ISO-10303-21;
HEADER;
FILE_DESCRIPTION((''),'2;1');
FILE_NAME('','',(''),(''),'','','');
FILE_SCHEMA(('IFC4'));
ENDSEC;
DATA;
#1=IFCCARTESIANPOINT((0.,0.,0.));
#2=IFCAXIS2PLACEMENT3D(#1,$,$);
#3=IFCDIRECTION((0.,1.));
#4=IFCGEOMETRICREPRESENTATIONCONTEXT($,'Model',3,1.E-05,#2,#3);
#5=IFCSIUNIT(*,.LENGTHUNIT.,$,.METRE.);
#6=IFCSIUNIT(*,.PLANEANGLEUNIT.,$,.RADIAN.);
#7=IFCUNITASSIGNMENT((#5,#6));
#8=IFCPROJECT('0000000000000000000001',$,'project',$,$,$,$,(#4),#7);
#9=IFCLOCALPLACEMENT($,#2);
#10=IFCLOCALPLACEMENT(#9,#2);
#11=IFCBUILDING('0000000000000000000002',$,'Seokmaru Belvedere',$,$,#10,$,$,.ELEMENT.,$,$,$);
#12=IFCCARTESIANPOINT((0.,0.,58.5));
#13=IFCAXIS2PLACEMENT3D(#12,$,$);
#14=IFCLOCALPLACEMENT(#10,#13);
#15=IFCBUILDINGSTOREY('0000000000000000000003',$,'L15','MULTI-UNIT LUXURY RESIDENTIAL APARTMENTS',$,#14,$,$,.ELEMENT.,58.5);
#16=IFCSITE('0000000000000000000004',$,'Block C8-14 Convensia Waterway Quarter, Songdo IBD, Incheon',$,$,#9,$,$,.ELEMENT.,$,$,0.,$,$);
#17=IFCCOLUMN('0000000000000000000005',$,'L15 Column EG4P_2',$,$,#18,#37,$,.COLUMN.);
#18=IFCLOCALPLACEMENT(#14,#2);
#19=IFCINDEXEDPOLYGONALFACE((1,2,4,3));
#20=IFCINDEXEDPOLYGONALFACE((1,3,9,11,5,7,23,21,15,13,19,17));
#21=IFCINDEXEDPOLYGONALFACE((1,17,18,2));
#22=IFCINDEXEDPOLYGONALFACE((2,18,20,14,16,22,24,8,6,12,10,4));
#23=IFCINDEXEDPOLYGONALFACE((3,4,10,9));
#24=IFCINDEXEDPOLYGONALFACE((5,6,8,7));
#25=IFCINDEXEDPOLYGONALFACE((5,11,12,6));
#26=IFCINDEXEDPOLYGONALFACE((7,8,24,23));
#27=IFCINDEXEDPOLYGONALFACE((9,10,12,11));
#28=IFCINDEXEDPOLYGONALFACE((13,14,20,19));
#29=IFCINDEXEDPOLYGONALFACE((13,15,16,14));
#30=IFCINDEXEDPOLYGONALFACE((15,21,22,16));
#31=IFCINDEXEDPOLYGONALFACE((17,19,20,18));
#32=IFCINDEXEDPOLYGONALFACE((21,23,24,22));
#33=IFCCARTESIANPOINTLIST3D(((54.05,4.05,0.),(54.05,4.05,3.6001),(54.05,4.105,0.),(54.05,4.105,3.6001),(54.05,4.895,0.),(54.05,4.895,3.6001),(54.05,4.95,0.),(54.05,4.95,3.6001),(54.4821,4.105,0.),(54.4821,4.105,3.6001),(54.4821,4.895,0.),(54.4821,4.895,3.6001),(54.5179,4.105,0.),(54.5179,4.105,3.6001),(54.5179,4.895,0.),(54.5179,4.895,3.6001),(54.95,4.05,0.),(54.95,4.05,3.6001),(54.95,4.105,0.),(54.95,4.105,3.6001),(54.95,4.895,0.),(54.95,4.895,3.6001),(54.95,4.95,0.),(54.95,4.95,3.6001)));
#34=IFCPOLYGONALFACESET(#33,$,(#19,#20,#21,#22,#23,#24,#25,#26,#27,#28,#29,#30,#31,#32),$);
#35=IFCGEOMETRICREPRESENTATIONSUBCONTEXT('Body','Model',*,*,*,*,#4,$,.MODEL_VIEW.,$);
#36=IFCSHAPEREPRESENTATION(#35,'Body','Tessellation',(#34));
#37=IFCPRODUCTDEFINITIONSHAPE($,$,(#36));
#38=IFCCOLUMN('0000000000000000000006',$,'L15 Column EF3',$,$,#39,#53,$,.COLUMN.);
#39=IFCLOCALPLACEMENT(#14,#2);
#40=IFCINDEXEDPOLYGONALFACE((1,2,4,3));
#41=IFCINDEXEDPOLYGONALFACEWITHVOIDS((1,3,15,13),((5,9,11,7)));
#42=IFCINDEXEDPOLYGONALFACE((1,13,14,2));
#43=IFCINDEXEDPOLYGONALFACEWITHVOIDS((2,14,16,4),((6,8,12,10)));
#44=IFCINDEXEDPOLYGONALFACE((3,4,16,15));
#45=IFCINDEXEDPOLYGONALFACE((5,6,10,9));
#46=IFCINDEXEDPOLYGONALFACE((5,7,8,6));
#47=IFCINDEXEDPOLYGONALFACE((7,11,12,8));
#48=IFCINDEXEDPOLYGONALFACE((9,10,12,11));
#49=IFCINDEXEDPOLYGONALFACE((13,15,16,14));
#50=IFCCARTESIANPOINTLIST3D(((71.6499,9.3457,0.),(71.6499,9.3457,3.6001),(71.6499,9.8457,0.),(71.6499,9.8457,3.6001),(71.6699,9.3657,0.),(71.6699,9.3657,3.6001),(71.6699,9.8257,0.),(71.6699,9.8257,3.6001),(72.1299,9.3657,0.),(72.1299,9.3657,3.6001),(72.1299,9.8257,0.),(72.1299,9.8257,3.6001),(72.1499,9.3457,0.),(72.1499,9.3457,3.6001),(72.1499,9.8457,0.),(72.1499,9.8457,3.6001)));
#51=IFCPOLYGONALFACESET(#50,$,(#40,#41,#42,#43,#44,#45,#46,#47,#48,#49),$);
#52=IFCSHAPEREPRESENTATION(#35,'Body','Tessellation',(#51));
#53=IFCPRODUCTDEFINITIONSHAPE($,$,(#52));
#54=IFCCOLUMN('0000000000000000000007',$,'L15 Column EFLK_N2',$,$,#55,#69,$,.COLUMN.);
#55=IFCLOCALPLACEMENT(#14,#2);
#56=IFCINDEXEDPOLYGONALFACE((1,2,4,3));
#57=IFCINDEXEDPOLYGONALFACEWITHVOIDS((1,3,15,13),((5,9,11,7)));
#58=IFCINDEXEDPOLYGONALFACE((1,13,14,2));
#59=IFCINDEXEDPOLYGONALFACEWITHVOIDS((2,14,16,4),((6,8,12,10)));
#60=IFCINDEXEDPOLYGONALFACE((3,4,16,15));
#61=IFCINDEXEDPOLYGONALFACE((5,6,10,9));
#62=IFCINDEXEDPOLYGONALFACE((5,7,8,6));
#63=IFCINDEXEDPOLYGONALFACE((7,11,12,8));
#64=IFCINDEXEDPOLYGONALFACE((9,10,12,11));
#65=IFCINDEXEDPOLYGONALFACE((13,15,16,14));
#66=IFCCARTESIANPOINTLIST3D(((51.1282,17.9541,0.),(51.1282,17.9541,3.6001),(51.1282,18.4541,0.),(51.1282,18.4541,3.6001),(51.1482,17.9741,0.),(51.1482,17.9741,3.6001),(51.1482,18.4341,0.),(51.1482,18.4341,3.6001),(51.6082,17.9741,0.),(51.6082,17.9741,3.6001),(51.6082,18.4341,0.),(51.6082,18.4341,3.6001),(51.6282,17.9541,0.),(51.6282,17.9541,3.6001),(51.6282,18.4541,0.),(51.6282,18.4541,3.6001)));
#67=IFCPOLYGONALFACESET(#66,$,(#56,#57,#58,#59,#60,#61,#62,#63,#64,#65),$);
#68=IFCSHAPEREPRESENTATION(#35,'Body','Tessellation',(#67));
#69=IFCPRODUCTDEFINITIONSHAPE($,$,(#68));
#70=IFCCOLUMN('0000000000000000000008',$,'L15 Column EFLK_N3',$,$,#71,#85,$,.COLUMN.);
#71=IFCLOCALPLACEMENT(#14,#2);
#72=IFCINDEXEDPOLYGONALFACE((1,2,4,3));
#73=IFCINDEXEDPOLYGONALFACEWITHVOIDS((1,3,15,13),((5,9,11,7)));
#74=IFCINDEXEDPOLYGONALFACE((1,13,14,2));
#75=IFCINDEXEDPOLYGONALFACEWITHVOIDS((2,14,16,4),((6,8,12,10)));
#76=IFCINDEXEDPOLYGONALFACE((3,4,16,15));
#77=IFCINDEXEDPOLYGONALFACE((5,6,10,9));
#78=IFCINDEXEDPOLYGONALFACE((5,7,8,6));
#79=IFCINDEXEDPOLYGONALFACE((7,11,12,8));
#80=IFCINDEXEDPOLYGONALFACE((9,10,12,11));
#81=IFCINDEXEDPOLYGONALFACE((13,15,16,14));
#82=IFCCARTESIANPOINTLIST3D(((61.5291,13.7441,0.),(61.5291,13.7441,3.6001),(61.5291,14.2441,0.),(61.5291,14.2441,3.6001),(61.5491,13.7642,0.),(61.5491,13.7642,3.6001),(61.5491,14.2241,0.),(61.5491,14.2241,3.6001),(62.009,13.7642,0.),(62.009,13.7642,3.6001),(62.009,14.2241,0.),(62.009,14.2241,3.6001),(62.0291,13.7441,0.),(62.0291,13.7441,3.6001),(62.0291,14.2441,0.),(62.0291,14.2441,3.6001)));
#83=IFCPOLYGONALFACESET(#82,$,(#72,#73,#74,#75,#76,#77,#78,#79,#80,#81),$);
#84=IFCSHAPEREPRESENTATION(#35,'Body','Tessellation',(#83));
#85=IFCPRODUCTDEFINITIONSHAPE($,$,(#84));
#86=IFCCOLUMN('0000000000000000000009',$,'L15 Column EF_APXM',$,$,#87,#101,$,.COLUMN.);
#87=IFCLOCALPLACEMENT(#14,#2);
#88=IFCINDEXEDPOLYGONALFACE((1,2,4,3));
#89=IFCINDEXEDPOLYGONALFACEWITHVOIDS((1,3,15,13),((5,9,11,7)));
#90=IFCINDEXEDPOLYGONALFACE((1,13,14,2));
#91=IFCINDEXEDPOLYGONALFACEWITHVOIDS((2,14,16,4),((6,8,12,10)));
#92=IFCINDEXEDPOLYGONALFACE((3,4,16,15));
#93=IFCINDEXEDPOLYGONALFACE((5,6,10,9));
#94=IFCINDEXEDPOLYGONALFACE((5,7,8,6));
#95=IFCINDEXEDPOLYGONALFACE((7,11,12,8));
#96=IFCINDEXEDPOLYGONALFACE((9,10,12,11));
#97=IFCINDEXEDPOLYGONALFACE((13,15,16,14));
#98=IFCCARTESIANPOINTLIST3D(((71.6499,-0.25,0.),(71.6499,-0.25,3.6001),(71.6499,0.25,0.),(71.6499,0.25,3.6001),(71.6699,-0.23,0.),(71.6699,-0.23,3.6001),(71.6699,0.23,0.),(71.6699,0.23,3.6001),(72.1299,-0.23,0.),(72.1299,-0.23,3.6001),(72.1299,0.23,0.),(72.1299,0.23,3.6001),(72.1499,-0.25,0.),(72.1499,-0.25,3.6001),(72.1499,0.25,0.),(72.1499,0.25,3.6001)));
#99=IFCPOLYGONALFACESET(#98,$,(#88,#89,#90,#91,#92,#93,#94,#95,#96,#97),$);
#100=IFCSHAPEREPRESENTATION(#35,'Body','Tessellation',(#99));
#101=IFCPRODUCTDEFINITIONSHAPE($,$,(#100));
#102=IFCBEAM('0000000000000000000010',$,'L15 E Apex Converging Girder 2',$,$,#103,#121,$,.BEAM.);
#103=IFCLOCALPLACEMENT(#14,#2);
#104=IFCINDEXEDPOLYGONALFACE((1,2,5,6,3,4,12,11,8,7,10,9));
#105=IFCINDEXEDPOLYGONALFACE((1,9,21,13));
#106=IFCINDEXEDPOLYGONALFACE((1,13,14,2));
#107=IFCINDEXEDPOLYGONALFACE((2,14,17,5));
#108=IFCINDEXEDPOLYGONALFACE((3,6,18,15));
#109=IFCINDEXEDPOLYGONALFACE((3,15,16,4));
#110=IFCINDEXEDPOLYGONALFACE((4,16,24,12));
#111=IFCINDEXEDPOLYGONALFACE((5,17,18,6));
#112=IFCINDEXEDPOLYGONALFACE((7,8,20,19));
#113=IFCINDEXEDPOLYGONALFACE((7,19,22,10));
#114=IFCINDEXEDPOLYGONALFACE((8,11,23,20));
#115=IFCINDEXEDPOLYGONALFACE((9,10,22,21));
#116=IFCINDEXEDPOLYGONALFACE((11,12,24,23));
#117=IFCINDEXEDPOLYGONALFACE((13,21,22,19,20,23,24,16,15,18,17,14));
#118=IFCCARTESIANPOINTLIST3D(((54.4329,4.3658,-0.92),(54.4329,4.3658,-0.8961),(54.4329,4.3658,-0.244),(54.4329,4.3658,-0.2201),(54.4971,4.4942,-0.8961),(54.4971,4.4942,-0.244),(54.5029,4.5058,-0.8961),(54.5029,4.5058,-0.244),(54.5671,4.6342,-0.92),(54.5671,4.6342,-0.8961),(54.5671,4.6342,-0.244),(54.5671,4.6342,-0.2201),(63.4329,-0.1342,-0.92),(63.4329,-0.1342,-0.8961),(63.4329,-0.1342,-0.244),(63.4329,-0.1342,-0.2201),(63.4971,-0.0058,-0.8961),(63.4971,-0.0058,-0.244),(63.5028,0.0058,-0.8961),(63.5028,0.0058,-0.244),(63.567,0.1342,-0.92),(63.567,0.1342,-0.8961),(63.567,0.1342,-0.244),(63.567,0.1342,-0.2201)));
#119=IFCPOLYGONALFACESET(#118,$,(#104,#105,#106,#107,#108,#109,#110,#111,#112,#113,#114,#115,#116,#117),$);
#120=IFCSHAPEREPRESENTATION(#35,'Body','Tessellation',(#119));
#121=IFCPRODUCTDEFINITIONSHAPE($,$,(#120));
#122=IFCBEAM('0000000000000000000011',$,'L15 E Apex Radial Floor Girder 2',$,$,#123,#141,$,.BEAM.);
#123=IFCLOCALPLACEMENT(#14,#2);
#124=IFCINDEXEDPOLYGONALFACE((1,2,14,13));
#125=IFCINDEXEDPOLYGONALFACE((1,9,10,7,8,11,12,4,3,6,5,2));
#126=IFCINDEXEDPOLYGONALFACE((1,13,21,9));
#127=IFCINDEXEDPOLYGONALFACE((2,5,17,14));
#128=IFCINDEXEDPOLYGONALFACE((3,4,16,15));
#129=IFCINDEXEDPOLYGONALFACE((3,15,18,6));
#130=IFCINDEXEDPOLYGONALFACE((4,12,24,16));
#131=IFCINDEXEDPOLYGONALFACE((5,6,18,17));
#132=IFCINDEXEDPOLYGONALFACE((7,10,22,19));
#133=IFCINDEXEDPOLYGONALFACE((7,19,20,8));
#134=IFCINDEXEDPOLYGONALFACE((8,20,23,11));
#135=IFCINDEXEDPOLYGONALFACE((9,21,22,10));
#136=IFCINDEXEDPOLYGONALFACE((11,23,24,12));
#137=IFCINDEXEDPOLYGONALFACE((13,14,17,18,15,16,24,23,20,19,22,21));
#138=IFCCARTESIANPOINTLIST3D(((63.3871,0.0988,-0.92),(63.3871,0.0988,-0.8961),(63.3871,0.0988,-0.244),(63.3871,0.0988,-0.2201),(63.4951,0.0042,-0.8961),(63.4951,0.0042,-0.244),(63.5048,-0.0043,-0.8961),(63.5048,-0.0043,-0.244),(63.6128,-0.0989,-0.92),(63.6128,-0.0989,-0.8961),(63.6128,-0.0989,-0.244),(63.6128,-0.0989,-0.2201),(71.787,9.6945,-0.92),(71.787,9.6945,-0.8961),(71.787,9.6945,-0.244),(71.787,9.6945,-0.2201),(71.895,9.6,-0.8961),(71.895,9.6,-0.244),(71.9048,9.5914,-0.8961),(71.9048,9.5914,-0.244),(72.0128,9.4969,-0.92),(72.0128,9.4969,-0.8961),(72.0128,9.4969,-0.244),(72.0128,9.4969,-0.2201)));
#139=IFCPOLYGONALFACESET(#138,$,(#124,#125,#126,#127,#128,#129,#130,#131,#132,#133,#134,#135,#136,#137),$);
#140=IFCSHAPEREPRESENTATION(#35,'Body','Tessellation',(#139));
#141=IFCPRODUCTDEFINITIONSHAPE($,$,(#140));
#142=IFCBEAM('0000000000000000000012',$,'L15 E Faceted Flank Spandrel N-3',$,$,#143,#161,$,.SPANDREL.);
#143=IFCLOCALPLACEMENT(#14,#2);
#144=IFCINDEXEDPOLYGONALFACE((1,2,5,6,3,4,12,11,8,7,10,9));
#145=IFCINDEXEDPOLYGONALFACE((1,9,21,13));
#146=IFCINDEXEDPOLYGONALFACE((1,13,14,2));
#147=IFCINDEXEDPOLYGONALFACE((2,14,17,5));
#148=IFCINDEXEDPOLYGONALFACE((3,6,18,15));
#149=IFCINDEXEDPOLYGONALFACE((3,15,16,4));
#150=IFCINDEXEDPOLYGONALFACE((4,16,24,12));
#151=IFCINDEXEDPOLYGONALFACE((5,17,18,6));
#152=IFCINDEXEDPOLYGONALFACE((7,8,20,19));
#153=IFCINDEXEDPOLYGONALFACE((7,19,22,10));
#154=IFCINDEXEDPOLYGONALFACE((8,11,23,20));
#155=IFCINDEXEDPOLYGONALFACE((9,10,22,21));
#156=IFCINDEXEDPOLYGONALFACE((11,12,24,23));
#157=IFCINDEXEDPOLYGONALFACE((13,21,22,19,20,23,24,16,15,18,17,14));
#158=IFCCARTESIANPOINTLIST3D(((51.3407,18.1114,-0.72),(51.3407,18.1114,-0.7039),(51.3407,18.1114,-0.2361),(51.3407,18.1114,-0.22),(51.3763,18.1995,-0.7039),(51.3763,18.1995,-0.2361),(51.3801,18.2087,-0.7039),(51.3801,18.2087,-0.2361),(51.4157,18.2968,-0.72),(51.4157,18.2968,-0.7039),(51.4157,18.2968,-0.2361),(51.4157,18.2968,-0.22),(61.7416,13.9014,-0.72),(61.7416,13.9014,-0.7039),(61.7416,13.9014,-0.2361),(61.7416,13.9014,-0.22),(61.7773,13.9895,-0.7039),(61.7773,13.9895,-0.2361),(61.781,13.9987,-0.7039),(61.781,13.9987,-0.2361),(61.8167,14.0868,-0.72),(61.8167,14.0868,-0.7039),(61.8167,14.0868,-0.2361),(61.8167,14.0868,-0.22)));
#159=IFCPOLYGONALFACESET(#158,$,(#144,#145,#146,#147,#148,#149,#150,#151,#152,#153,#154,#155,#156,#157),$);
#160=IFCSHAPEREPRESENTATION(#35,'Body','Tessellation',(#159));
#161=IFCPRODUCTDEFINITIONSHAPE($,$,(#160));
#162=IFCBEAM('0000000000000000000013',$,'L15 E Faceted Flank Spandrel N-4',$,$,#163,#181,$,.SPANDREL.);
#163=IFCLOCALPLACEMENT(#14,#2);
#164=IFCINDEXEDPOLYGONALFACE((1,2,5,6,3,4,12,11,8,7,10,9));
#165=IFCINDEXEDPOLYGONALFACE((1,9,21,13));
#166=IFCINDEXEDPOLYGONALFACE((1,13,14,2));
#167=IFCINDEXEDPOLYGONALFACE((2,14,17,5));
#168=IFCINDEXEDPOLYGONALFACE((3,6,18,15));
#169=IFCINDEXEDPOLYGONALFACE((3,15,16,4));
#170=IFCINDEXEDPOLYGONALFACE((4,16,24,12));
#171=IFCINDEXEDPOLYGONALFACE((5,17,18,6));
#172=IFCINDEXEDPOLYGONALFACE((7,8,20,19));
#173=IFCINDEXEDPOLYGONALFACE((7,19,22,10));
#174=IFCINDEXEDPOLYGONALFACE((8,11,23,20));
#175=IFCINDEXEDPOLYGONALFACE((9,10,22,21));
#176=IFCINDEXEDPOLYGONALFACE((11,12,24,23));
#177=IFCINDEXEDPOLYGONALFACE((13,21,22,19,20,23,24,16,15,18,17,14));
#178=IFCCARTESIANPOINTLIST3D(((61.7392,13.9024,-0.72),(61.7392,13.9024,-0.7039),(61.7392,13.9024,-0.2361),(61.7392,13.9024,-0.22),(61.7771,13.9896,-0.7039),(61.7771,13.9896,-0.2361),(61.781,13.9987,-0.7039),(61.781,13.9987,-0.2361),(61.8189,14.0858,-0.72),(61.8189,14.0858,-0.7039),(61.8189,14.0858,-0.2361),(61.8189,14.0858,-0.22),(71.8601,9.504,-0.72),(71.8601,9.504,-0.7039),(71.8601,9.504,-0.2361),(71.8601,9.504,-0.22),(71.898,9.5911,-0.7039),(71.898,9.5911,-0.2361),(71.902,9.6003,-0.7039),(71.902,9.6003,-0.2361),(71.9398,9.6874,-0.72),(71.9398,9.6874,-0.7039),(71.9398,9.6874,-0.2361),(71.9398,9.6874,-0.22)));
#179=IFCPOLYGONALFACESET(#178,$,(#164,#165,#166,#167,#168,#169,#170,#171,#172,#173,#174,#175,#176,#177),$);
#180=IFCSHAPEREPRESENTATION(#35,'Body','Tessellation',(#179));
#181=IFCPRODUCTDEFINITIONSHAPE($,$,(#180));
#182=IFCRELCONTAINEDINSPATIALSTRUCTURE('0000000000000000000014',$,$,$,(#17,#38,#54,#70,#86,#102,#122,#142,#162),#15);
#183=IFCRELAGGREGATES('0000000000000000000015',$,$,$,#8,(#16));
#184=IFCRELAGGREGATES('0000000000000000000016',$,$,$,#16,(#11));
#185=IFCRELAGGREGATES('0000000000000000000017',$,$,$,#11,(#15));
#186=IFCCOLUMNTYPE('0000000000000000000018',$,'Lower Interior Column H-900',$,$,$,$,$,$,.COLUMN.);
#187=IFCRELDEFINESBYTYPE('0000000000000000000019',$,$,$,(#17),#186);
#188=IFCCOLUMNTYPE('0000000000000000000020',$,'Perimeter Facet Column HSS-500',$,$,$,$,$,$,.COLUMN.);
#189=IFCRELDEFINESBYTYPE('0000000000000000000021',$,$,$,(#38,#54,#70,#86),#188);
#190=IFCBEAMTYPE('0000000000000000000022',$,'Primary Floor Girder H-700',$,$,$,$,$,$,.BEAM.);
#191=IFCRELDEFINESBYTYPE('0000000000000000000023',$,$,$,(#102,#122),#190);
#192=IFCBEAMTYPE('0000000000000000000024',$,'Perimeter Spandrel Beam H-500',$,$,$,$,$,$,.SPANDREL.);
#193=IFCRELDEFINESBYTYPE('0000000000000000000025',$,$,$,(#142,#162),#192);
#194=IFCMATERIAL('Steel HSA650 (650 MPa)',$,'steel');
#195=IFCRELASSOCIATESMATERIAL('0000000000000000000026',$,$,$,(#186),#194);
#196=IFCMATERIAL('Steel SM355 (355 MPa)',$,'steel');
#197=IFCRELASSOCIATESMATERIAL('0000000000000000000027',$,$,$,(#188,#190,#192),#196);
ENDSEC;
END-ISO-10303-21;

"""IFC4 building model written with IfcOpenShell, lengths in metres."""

from ifc_helpers import new_model, si_unit, direction, frame, origin, origin_2d, place, context, subcontext, project, spatial, hollow_rectangle, i_section, extrude, source, transform, mapped, material, material_profile, profile_set, type_object, type_shapes, element, save


model = new_model("IFC4")

# Units and contexts
model_context = context("Model", 3, precision=1e-05, world=origin(), true_north=direction((0.0, 1.0)))
body_context = subcontext(model_context, "Body", "Model", "MODEL_VIEW")
ifc_project = project(units=[si_unit("LENGTHUNIT", "METRE"), si_unit("PLANEANGLEUNIT", "RADIAN")], contexts=[model_context])

# Site, building, storey
site_placement = place(None, origin())
site = spatial("IfcSite", under=ifc_project, at=site_placement, Name="Block C8-14 Convensia Waterway Quarter, Songdo IBD, Incheon", CompositionType="ELEMENT", RefElevation=0.0)
building_placement = place(site_placement, origin())
building = spatial("IfcBuilding", under=site, at=building_placement, Name="Seokmaru Belvedere", CompositionType="ELEMENT")
storey_placement = place(building_placement, frame((0.0, 0.0, 58.5)))
storey = spatial("IfcBuildingStorey", under=building, at=storey_placement, Name="L15", Description="MULTI-UNIT LUXURY RESIDENTIAL APARTMENTS", CompositionType="ELEMENT", Elevation=58.5)

# Columns
ifc_material_1 = material(Name="Steel HSA650 (650 MPa)", Category="steel")
ifc_material_profile_1 = material_profile(ifc_material_1, i_section(OverallWidth=0.8999, OverallDepth=0.8999, WebThickness=0.0359, FlangeThickness=0.0549, at=origin_2d()), Name="H-900x900x36x55")
ifc_profile_set_1 = profile_set([ifc_material_profile_1], Name="Steel HSA650 (650 MPa)")
column_type_1 = type_object("IfcColumnType", Name="Lower Interior Column H-900", PredefinedType="COLUMN", material=ifc_profile_set_1)
shared_shape_1 = source(origin(), body_context, "Body", "SweptSolid", [
    extrude(i_section(OverallWidth=0.8999, OverallDepth=0.8999, WebThickness=0.0359, FlangeThickness=0.0549, at=origin_2d()), origin(), (0.0, 0.0, 1.0), 3.6001),
])
type_shapes(column_type_1, [shared_shape_1])
column_placement = place(storey_placement, frame((54.5, 4.5, 0.0), z_axis=(0.0, 0.0, 1.0), x_axis=(1.0, 0.0, 0.0)))
element("IfcColumn", 1, at=column_placement, inside=storey, type_object=column_type_1, Name="L15 Column EG4P_2", PredefinedType="COLUMN", context=body_context, shape_type="MappedRepresentation", body=[
    mapped(shared_shape_1, transform((0.0, 0.0, 0.0), scale=1.0)),
])
ifc_material_2 = material(Name="Steel SM355 (355 MPa)", Category="steel")
ifc_material_profile_2 = material_profile(ifc_material_2, hollow_rectangle(XDim=0.5, YDim=0.5, WallThickness=0.02, at=origin_2d()), Name="HSS-500x500x20")
ifc_profile_set_2 = profile_set([ifc_material_profile_2], Name="Steel SM355 (355 MPa)")
column_type_2 = type_object("IfcColumnType", Name="Perimeter Facet Column HSS-500", PredefinedType="COLUMN", material=ifc_profile_set_2)
shared_shape_2 = source(origin(), body_context, "Body", "SweptSolid", [
    extrude(hollow_rectangle(XDim=0.5, YDim=0.5, WallThickness=0.02, at=origin_2d()), origin(), (0.0, 0.0, 1.0), 3.6001),
])
type_shapes(column_type_2, [shared_shape_2])
for number, where, z_axis, x_axis, name in (
    (2, (71.8999, 9.5957, 0.0), (0.0, 0.0, 1.0), (1.0, 0.0, 0.0), "L15 Column EF3"),
    (3, (51.3782, 18.2041, 0.0), (0.0, 0.0, 1.0), (1.0, 0.0, 0.0), "L15 Column EFLK_N2"),
    (4, (61.7791, 13.9941, 0.0), (0.0, 0.0, 1.0), (1.0, 0.0, 0.0), "L15 Column EFLK_N3"),
    (5, (71.8999, 0.0, 0.0), (0.0, 0.0, 1.0), (1.0, 0.0, 0.0), "L15 Column EF_APXM"),
):
    element("IfcColumn", number, at=place(storey_placement, frame(where, z_axis=z_axis, x_axis=x_axis)), inside=storey, type_object=column_type_2, Name=name, PredefinedType="COLUMN", context=body_context, shape_type="MappedRepresentation", body=[
        mapped(shared_shape_2, transform((0.0, 0.0, 0.0), scale=1.0)),
    ])

# Beams
ifc_material_profile_3 = material_profile(ifc_material_2, i_section(OverallWidth=0.3, OverallDepth=0.7, WebThickness=0.0129, FlangeThickness=0.0239, at=origin_2d()), Name="H-700x300x13x24")
ifc_profile_set_3 = profile_set([ifc_material_profile_3], Name="Steel SM355 (355 MPa)")
beam_type_1 = type_object("IfcBeamType", Name="Primary Floor Girder H-700", PredefinedType="BEAM", material=ifc_profile_set_3)
shared_shape_3 = source(origin(), body_context, "Body", "SweptSolid", [
    extrude(i_section(OverallWidth=0.3, OverallDepth=0.7, WebThickness=0.0129, FlangeThickness=0.0239, at=origin_2d()), origin(), (0.0, 0.0, 1.0), 10.0623),
])
beam_1_placement = place(storey_placement, frame((54.5, 4.5, -0.5701), z_axis=(0.894427, -0.447214, 0.0), x_axis=(0.447214, 0.894427, 0.0)))
element("IfcBeam", 6, at=beam_1_placement, inside=storey, type_object=beam_type_1, Name="L15 E Apex Converging Girder 2", PredefinedType="BEAM", context=body_context, shape_type="MappedRepresentation", body=[
    mapped(shared_shape_3, transform((0.0, 0.0, 0.0), scale=1.0)),
])
shared_shape_4 = source(origin(), body_context, "Body", "SweptSolid", [
    extrude(i_section(OverallWidth=0.3, OverallDepth=0.7, WebThickness=0.0129, FlangeThickness=0.0239, at=origin_2d()), origin(), (0.0, 0.0, 1.0), 12.7529),
])
beam_2_placement = place(storey_placement, frame((71.8999, 9.5957, -0.5701), z_axis=(-0.658667, -0.752434, 0.0), x_axis=(0.752434, -0.658667, 0.0)))
element("IfcBeam", 7, at=beam_2_placement, inside=storey, type_object=beam_type_1, Name="L15 E Apex Radial Floor Girder 2", PredefinedType="BEAM", context=body_context, shape_type="MappedRepresentation", body=[
    mapped(shared_shape_4, transform((0.0, 0.0, 0.0), scale=1.0)),
])
ifc_material_profile_4 = material_profile(ifc_material_2, i_section(OverallWidth=0.2, OverallDepth=0.5, WebThickness=0.01, FlangeThickness=0.0161, at=origin_2d()), Name="H-500x200x10x16")
ifc_profile_set_4 = profile_set([ifc_material_profile_4], Name="Steel SM355 (355 MPa)")
beam_type_2 = type_object("IfcBeamType", Name="Perimeter Spandrel Beam H-500", PredefinedType="SPANDREL", material=ifc_profile_set_4)
shared_shape_5 = source(origin(), body_context, "Body", "SweptSolid", [
    extrude(i_section(OverallWidth=0.2, OverallDepth=0.5, WebThickness=0.01, FlangeThickness=0.0161, at=origin_2d()), origin(), (0.0, 0.0, 1.0), 11.2207),
])
beam_3_placement = place(storey_placement, frame((51.3782, 18.2041, -0.47), z_axis=(0.926944, -0.375199, 0.0), x_axis=(0.375199, 0.926944, 0.0)))
element("IfcBeam", 8, at=beam_3_placement, inside=storey, type_object=beam_type_2, Name="L15 E Faceted Flank Spandrel N-3", PredefinedType="SPANDREL", context=body_context, shape_type="MappedRepresentation", body=[
    mapped(shared_shape_5, transform((0.0, 0.0, 0.0), scale=1.0)),
])
shared_shape_6 = source(origin(), body_context, "Body", "SweptSolid", [
    extrude(i_section(OverallWidth=0.2, OverallDepth=0.5, WebThickness=0.01, FlangeThickness=0.0161, at=origin_2d()), origin(), (0.0, 0.0, 1.0), 11.0354),
])
beam_4_placement = place(storey_placement, frame((61.7791, 13.9941, -0.47), z_axis=(0.917134, -0.398579, 0.0), x_axis=(0.398579, 0.917134, 0.0)))
element("IfcBeam", 9, at=beam_4_placement, inside=storey, type_object=beam_type_2, Name="L15 E Faceted Flank Spandrel N-4", PredefinedType="SPANDREL", context=body_context, shape_type="MappedRepresentation", body=[
    mapped(shared_shape_6, transform((0.0, 0.0, 0.0), scale=1.0)),
])

save(model, "model.ifc")
